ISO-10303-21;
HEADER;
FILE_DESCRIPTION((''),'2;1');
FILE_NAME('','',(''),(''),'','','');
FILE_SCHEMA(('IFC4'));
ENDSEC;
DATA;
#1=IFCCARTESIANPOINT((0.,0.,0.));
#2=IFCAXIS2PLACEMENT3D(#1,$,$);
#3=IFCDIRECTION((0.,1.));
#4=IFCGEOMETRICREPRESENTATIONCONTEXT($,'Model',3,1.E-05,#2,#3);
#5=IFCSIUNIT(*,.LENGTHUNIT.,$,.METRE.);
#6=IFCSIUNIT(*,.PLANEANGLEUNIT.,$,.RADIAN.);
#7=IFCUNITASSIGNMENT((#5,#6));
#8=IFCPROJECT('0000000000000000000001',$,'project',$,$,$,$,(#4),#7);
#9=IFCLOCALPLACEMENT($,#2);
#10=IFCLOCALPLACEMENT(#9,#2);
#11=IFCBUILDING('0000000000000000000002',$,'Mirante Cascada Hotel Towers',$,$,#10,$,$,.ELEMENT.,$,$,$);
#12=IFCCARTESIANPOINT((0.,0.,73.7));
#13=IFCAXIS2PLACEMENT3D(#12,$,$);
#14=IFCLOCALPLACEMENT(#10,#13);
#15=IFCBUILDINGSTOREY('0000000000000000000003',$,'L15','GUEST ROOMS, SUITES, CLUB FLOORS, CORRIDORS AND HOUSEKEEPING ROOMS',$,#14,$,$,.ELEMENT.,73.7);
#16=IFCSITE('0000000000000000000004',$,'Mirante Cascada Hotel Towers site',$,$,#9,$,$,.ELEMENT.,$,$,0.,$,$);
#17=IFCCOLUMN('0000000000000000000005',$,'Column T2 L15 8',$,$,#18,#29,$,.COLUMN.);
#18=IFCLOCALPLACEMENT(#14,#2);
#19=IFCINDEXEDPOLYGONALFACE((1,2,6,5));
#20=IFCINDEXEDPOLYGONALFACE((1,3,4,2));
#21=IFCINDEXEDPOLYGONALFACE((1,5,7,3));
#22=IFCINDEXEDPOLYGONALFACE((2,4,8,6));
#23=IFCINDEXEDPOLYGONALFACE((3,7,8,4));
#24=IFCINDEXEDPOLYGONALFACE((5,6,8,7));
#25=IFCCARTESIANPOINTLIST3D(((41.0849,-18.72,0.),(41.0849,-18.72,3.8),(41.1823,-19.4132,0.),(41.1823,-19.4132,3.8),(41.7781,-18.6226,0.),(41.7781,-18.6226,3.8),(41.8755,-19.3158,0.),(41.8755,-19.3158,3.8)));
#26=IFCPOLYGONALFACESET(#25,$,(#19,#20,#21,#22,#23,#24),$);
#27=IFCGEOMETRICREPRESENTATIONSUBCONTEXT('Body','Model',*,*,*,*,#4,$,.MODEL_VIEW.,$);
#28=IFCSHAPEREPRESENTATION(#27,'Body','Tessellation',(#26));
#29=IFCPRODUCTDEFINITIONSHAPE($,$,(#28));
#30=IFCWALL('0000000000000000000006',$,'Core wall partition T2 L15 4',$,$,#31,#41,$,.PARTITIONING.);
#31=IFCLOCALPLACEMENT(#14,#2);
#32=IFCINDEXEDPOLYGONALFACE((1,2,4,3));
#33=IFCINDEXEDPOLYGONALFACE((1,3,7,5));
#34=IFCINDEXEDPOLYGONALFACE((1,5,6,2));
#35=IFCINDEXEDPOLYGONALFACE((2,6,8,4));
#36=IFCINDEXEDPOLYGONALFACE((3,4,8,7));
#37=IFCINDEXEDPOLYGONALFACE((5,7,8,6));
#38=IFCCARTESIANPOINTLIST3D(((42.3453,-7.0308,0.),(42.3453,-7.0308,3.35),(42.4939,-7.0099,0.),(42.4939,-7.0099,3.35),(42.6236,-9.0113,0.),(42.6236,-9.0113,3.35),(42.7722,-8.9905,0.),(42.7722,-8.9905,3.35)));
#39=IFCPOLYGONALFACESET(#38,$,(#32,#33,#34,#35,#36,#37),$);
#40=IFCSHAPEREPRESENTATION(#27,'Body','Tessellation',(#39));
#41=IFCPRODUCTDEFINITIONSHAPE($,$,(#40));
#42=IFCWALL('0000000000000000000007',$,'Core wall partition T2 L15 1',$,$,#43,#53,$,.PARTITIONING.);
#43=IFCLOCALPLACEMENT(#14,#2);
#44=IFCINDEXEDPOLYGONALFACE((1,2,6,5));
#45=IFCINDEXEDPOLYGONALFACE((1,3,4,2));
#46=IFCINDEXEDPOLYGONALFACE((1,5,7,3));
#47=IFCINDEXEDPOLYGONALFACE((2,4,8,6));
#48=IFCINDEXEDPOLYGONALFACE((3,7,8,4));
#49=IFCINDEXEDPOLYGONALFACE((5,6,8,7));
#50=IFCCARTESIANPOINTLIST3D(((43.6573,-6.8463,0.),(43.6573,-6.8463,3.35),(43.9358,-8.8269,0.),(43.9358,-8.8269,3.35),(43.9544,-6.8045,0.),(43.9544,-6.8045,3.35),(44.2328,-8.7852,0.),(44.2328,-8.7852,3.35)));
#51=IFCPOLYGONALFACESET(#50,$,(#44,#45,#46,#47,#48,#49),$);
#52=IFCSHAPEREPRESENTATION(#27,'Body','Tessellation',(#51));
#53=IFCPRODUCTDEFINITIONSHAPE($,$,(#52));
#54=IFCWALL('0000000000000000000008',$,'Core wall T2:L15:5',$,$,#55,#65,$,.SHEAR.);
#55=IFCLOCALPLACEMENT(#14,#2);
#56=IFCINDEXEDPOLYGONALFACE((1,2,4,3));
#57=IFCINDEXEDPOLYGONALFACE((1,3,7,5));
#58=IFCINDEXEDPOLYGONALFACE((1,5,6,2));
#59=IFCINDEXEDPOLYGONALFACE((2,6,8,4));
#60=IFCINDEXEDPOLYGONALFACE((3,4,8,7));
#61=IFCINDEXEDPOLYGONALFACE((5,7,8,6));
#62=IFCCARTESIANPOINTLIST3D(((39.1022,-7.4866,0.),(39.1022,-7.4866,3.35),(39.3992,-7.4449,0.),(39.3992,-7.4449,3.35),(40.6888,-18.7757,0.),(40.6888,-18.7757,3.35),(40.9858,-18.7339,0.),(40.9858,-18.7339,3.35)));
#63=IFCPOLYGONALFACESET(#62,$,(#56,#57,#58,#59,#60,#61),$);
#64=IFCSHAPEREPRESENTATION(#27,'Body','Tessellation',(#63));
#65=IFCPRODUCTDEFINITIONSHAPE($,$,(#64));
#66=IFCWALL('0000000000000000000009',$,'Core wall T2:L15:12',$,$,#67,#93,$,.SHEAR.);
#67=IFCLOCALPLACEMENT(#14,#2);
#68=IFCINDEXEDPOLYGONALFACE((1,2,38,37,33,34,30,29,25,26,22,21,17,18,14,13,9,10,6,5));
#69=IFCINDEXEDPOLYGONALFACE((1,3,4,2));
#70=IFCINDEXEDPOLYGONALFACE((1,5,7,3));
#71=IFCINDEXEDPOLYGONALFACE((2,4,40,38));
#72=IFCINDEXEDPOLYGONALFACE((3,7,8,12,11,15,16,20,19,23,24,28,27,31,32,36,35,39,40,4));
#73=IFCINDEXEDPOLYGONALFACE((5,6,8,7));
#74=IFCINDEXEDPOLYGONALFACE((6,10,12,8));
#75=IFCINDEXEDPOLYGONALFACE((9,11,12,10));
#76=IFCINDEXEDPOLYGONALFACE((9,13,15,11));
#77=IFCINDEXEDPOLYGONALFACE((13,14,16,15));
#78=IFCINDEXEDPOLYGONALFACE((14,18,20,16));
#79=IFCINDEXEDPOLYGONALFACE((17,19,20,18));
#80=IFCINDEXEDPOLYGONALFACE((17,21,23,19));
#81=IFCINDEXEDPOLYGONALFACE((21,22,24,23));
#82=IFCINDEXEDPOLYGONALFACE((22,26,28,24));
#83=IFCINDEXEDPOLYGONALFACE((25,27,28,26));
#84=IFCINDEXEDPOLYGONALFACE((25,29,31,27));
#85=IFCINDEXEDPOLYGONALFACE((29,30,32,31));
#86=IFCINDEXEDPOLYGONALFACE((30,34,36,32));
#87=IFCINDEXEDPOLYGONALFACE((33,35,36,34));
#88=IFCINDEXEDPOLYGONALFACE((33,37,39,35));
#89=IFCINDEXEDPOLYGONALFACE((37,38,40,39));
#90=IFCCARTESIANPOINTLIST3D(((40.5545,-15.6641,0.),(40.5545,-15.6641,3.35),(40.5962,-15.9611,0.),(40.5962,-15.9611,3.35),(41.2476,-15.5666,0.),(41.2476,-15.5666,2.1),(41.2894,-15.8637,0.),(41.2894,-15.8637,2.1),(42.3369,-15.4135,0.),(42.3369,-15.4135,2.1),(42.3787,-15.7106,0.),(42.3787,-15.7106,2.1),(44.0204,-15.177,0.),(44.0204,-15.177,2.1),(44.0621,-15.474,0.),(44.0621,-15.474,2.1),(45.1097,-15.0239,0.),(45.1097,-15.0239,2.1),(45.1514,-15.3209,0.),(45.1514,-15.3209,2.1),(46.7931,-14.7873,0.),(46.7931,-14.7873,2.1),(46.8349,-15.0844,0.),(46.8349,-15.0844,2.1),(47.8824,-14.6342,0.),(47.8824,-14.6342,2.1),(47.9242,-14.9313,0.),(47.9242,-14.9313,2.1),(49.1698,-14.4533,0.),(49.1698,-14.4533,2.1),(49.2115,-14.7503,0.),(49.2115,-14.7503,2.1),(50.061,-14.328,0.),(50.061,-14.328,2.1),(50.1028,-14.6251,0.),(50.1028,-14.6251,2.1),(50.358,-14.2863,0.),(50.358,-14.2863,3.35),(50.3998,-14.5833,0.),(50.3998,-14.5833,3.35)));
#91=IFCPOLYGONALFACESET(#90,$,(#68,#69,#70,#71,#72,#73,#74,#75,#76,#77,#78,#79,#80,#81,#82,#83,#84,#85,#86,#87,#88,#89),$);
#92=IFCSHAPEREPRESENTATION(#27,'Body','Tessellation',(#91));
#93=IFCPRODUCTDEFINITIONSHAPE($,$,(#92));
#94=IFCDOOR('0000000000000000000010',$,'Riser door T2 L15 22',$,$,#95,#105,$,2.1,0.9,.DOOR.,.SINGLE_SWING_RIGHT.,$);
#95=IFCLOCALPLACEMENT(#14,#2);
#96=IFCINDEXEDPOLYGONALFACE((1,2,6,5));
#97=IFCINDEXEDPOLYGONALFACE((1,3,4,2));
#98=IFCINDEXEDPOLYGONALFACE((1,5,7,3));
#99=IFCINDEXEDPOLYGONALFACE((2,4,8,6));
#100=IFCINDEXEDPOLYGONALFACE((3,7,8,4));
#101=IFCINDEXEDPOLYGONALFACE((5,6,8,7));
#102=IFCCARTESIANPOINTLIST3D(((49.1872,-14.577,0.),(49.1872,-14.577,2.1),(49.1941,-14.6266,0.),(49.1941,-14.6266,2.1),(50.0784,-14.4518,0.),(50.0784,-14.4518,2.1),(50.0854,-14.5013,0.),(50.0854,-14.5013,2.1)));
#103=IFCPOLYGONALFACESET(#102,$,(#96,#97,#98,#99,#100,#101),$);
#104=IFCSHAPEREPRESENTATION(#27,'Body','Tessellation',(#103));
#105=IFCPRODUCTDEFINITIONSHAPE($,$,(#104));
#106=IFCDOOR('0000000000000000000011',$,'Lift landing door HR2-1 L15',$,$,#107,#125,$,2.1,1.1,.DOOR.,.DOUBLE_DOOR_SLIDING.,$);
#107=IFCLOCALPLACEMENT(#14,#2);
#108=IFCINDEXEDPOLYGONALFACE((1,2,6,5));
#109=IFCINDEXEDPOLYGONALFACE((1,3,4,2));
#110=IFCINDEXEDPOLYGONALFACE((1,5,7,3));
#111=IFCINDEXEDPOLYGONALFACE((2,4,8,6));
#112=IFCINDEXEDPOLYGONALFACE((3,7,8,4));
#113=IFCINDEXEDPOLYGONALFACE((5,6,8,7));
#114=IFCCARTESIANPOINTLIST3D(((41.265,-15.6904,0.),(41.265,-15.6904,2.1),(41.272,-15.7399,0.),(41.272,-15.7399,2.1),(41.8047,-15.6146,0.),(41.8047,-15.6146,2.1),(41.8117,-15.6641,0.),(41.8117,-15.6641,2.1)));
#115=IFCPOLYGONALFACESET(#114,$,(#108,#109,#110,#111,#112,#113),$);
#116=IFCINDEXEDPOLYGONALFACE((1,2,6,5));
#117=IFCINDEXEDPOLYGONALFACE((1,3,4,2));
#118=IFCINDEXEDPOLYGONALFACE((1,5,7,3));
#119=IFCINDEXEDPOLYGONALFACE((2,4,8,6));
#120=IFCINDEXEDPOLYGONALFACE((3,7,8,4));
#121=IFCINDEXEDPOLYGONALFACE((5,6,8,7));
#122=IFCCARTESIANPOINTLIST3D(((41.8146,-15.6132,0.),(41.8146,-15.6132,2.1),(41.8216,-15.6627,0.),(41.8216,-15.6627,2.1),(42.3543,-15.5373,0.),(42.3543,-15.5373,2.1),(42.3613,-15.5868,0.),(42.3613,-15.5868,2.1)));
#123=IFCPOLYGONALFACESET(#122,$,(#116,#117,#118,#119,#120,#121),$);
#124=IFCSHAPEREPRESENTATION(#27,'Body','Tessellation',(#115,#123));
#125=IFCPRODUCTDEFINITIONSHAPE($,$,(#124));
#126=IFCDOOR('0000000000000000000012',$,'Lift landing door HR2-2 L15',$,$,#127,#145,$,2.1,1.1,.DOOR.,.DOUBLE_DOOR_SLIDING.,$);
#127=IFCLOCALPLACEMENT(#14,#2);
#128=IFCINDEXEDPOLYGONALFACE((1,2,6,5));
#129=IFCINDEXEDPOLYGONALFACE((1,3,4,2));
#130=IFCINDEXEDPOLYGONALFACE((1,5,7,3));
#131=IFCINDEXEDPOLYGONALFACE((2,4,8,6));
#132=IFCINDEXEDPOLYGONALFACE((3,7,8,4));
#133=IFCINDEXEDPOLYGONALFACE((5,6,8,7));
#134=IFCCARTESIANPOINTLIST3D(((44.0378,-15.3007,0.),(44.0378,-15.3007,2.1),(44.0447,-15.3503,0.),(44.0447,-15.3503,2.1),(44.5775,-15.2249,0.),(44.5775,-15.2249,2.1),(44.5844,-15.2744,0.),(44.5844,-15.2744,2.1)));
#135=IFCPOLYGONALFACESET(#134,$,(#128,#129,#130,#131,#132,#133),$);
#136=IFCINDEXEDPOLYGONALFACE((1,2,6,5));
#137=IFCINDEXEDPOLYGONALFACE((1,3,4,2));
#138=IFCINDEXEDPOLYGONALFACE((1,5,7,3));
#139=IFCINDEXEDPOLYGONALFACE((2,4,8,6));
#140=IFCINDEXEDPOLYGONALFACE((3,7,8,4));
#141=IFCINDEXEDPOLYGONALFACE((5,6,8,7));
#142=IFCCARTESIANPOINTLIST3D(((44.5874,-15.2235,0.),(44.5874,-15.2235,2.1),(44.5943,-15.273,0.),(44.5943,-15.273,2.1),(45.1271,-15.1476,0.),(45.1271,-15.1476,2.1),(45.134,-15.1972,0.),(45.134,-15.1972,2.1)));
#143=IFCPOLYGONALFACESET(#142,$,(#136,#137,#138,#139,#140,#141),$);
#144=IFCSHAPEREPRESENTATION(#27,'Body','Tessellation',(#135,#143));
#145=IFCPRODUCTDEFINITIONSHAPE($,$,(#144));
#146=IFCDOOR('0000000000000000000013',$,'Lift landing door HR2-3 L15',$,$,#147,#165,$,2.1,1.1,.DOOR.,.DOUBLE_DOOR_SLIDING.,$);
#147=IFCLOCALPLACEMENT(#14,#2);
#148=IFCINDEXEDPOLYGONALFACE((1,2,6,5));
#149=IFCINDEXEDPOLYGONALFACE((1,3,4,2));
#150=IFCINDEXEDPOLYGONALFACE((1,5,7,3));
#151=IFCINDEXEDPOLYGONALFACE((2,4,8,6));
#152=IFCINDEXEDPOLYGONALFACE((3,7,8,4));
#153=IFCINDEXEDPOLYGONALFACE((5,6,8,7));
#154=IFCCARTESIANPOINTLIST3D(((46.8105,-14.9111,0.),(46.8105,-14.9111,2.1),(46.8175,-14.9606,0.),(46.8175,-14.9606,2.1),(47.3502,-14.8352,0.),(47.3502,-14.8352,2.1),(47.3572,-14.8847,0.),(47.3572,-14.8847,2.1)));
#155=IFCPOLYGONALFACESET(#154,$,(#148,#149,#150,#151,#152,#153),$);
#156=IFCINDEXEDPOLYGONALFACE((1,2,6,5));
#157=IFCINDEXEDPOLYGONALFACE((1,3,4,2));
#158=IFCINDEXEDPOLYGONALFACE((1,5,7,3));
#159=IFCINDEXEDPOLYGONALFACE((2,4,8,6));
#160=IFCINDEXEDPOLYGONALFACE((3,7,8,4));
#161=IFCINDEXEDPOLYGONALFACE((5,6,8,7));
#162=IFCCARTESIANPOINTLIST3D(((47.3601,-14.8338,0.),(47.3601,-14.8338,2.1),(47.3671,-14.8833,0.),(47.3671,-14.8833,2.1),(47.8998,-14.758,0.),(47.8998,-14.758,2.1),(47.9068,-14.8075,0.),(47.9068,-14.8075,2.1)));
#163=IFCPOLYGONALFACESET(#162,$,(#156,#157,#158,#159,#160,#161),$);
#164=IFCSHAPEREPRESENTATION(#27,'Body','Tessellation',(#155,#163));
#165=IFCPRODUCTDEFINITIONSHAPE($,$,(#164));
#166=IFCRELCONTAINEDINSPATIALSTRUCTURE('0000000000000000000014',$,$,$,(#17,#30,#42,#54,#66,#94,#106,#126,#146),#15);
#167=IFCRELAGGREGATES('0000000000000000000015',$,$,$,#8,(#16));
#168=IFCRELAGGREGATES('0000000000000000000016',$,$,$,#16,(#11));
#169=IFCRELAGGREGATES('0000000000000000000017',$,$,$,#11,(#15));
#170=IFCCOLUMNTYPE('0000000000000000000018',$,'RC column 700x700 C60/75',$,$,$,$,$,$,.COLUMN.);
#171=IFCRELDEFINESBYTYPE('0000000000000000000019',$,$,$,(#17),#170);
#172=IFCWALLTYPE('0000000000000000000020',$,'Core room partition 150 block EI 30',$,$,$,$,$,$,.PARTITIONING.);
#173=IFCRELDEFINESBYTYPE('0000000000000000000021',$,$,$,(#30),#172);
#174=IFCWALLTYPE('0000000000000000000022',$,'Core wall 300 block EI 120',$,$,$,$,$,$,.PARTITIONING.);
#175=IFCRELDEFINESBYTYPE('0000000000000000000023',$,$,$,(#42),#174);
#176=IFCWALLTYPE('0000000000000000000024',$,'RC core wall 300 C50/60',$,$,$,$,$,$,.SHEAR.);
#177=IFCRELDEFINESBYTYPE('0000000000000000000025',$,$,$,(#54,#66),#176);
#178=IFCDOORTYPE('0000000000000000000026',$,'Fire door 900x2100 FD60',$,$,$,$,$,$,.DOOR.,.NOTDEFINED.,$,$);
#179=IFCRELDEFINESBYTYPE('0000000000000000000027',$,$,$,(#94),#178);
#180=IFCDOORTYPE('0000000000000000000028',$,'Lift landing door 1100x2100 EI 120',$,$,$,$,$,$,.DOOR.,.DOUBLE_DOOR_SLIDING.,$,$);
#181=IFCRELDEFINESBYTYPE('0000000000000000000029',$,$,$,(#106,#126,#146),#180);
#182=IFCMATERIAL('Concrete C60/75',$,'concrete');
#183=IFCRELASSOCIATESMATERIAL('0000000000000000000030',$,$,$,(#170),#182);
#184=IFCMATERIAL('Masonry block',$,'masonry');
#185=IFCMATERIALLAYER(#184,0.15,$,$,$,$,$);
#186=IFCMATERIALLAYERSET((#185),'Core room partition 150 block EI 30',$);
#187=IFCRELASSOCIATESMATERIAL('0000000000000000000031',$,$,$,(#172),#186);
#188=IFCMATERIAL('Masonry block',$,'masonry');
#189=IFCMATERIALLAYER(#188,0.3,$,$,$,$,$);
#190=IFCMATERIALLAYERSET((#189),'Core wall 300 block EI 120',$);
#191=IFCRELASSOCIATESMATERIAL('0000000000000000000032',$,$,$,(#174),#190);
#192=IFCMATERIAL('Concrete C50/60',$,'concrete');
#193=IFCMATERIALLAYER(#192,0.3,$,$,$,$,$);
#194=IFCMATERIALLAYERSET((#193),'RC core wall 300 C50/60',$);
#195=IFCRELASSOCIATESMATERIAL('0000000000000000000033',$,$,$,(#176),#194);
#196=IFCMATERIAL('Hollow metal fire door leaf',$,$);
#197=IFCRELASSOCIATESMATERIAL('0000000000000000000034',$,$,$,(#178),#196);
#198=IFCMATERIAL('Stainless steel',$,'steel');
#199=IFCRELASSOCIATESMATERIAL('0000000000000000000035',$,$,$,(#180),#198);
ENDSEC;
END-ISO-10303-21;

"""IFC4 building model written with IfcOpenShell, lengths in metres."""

from ifc_helpers import new_model, si_unit, direction, frame, frame_2d, origin, origin_2d, place, context, subcontext, project, spatial, rectangle, extrude, material, layer, layer_set, material_profile, profile_set, type_object, element, fill, save


model = new_model("IFC4")

# Units and contexts
model_context = context("Model", 3, precision=1e-05, world=origin(), true_north=direction((0.0, 1.0)))
body_context = subcontext(model_context, "Body", "Model", "MODEL_VIEW")
ifc_project = project(units=[si_unit("LENGTHUNIT", "METRE"), si_unit("PLANEANGLEUNIT", "RADIAN")], contexts=[model_context])

# Site, building, storey
site_placement = place(None, origin())
site = spatial("IfcSite", under=ifc_project, at=site_placement, Name="Mirante Cascada Hotel Towers site", CompositionType="ELEMENT", RefElevation=0.0)
building_placement = place(site_placement, origin())
building = spatial("IfcBuilding", under=site, at=building_placement, Name="Mirante Cascada Hotel Towers", CompositionType="ELEMENT")
storey_placement = place(building_placement, frame((0.0, 0.0, 73.7)))
storey = spatial("IfcBuildingStorey", under=building, at=storey_placement, Name="L15", Description="GUEST ROOMS, SUITES, CLUB FLOORS, CORRIDORS AND HOUSEKEEPING ROOMS", CompositionType="ELEMENT", Elevation=73.7)

# Column
ifc_material_1 = material(Name="Concrete C60/75", Category="concrete")
ifc_material_profile = material_profile(ifc_material_1, rectangle(XDim=0.7, YDim=0.7, at=origin_2d()), Name="RC column 700x700 C60/75")
ifc_profile_set = profile_set([ifc_material_profile], Name="Concrete C60/75")
column_type = type_object("IfcColumnType", Name="RC column 700x700 C60/75", PredefinedType="COLUMN", material=ifc_profile_set)
column_placement = place(storey_placement, frame((41.4802, -19.0179, 0.0), z_axis=(0.0, 0.0, 1.0), x_axis=(0.990268, 0.139173, 0.0)))
element("IfcColumn", 1, at=column_placement, inside=storey, type_object=column_type, Name="Column T2 L15 8", PredefinedType="COLUMN", context=body_context, shape_type="SweptSolid", body=[
    extrude(rectangle(XDim=0.7, YDim=0.7, at=origin_2d()), origin(), (0.0, 0.0, 1.0), 3.8),
])

# Walls
ifc_material_2 = material(Name="Masonry block", Category="masonry")
ifc_layer_1 = layer(ifc_material_2, 0.15)
ifc_layer_set_1 = layer_set([ifc_layer_1], Name="Core room partition 150 block EI 30")
wall_type_1 = type_object("IfcWallType", Name="Core room partition 150 block EI 30", PredefinedType="PARTITIONING", material=ifc_layer_set_1)
wall_1_placement = place(storey_placement, frame((42.6979, -9.0009, 0.0), z_axis=(0.0, 0.0, 1.0), x_axis=(-0.139153, 0.990271, 0.0)))
element("IfcWall", 2, at=wall_1_placement, inside=storey, type_object=wall_type_1, Name="Core wall partition T2 L15 4", PredefinedType="PARTITIONING", context=body_context, shape_type="SweptSolid", body=[
    extrude(rectangle(XDim=2.0, YDim=0.15, at=frame_2d((1.0, 0.0))), origin(), (0.0, 0.0, 1.0), 3.35),
])
ifc_material_3 = material(Name="Masonry block", Category="masonry")
ifc_layer_2 = layer(ifc_material_3, 0.3)
ifc_layer_set_2 = layer_set([ifc_layer_2], Name="Core wall 300 block EI 120")
wall_type_2 = type_object("IfcWallType", Name="Core wall 300 block EI 120", PredefinedType="PARTITIONING", material=ifc_layer_set_2)
wall_2_placement = place(storey_placement, frame((44.0843, -8.8061, 0.0), z_axis=(0.0, 0.0, 1.0), x_axis=(-0.139195, 0.990265, 0.0)))
element("IfcWall", 3, at=wall_2_placement, inside=storey, type_object=wall_type_2, Name="Core wall partition T2 L15 1", PredefinedType="PARTITIONING", context=body_context, shape_type="SweptSolid", body=[
    extrude(rectangle(XDim=2.0001, YDim=0.3, at=frame_2d((1.0001, 0.0))), origin(), (0.0, 0.0, 1.0), 3.35),
])
ifc_material_4 = material(Name="Concrete C50/60", Category="concrete")
ifc_layer_3 = layer(ifc_material_4, 0.3)
ifc_layer_set_3 = layer_set([ifc_layer_3], Name="RC core wall 300 C50/60")
wall_type_3 = type_object("IfcWallType", Name="RC core wall 300 C50/60", PredefinedType="SHEAR", material=ifc_layer_set_3)
wall_3_placement = place(storey_placement, frame((40.8373, -18.7548, 0.0), z_axis=(0.0, 0.0, 1.0), x_axis=(-0.139175, 0.990268, 0.0)))
element("IfcWall", 4, at=wall_3_placement, inside=storey, type_object=wall_type_3, Name="Core wall T2:L15:5", PredefinedType="SHEAR", context=body_context, shape_type="SweptSolid", body=[
    extrude(rectangle(XDim=11.4, YDim=0.3, at=frame_2d((5.7, 0.0))), origin(), (0.0, 0.0, 1.0), 3.35),
])

# Wall, openings, doors
wall_4_placement = place(storey_placement, frame((40.5753, -15.8126, 0.0), z_axis=(0.0, 0.0, 1.0), x_axis=(0.990268, 0.139173, 0.0)))
wall_4 = element("IfcWall", 5, at=wall_4_placement, inside=storey, type_object=wall_type_3, Name="Core wall T2:L15:12", PredefinedType="SHEAR", context=body_context, shape_type="SweptSolid", body=[
    extrude(rectangle(XDim=9.8999, YDim=0.3, at=frame_2d((4.95, 0.0))), origin(), (0.0, 0.0, 1.0), 3.35),
])
opening_1_placement = place(wall_4_placement, frame((0.7, 0.0, 0.0)))
opening_1 = element("IfcOpeningElement", 6, at=opening_1_placement, cuts=wall_4, PredefinedType="OPENING", context=body_context, shape_type="SweptSolid", body=[
    extrude(rectangle(XDim=1.1, YDim=2.1, at=frame_2d((0.55, 1.05))), frame((0.0, 0.15, 0.0), z_axis=(0.0, -1.0, 0.0), x_axis=(1.0, 0.0, 0.0)), (0.0, 0.0, 1.0), 0.3),
])
opening_2_placement = place(wall_4_placement, frame((3.5, 0.0, 0.0)))
opening_2 = element("IfcOpeningElement", 7, at=opening_2_placement, cuts=wall_4, PredefinedType="OPENING", context=body_context, shape_type="SweptSolid", body=[
    extrude(rectangle(XDim=1.1, YDim=2.1, at=frame_2d((0.55, 1.05))), frame((0.0, 0.15, 0.0), z_axis=(0.0, -1.0, 0.0), x_axis=(1.0, 0.0, 0.0)), (0.0, 0.0, 1.0), 0.3),
])
opening_3_placement = place(wall_4_placement, frame((6.3, 0.0, 0.0)))
opening_3 = element("IfcOpeningElement", 8, at=opening_3_placement, cuts=wall_4, PredefinedType="OPENING", context=body_context, shape_type="SweptSolid", body=[
    extrude(rectangle(XDim=1.1, YDim=2.1, at=frame_2d((0.55, 1.05))), frame((0.0, 0.15, 0.0), z_axis=(0.0, -1.0, 0.0), x_axis=(1.0, 0.0, 0.0)), (0.0, 0.0, 1.0), 0.3),
])
opening_4_placement = place(wall_4_placement, frame((8.7, 0.0, 0.0)))
opening_4 = element("IfcOpeningElement", 9, at=opening_4_placement, cuts=wall_4, PredefinedType="OPENING", context=body_context, shape_type="SweptSolid", body=[
    extrude(rectangle(XDim=0.9, YDim=2.1, at=frame_2d((0.45, 1.05))), frame((0.0, 0.15, 0.0), z_axis=(0.0, -1.0, 0.0), x_axis=(1.0, 0.0, 0.0)), (0.0, 0.0, 1.0), 0.3),
])
ifc_material_5 = material(Name="Hollow metal fire door leaf")
door_type_1 = type_object("IfcDoorType", Name="Fire door 900x2100 FD60", OperationType="NOTDEFINED", PredefinedType="DOOR", material=ifc_material_5)
door_1_placement = place(opening_4_placement, frame((0.9, 0.0, 0.0), z_axis=(0.0, 0.0, 1.0), x_axis=(-1.0, 0.0, 0.0)))
door_1 = element("IfcDoor", 10, at=door_1_placement, inside=storey, type_object=door_type_1, Name="Riser door T2 L15 22", OperationType="SINGLE_SWING_RIGHT", OverallHeight=2.1, OverallWidth=0.9, PredefinedType="DOOR", context=body_context, shape_type="SweptSolid", body=[
    extrude(rectangle(XDim=0.9, YDim=2.1, at=frame_2d((0.45, 1.05))), frame((0.0, 0.025, 0.0), z_axis=(0.0, -1.0, 0.0), x_axis=(1.0, 0.0, 0.0)), (0.0, 0.0, 1.0), 0.05),
])
fill(opening_4, door_1)
ifc_material_6 = material(Name="Stainless steel", Category="steel")
door_type_2 = type_object("IfcDoorType", Name="Lift landing door 1100x2100 EI 120", OperationType="DOUBLE_DOOR_SLIDING", PredefinedType="DOOR", material=ifc_material_6)
door_2_placement = place(opening_1_placement, origin())
door_2 = element("IfcDoor", 11, at=door_2_placement, inside=storey, type_object=door_type_2, Name="Lift landing door HR2-1 L15", OperationType="DOUBLE_DOOR_SLIDING", OverallHeight=2.1, OverallWidth=1.1, PredefinedType="DOOR", context=body_context, shape_type="SweptSolid", body=[
    extrude(rectangle(XDim=0.545, YDim=2.1, at=frame_2d((0.2725, 1.05))), frame((0.0, 0.025, 0.0), z_axis=(0.0, -1.0, 0.0), x_axis=(1.0, 0.0, 0.0)), (0.0, 0.0, 1.0), 0.05),
    extrude(rectangle(XDim=0.545, YDim=2.1, at=frame_2d((0.8275, 1.05))), frame((0.0, 0.025, 0.0), z_axis=(0.0, -1.0, 0.0), x_axis=(1.0, 0.0, 0.0)), (0.0, 0.0, 1.0), 0.05),
])
fill(opening_1, door_2)
door_3_placement = place(opening_2_placement, origin())
door_3 = element("IfcDoor", 12, at=door_3_placement, inside=storey, type_object=door_type_2, Name="Lift landing door HR2-2 L15", OperationType="DOUBLE_DOOR_SLIDING", OverallHeight=2.1, OverallWidth=1.1, PredefinedType="DOOR", context=body_context, shape_type="SweptSolid", body=[
    extrude(rectangle(XDim=0.545, YDim=2.1, at=frame_2d((0.2725, 1.05))), frame((0.0, 0.025, 0.0), z_axis=(0.0, -1.0, 0.0), x_axis=(1.0, 0.0, 0.0)), (0.0, 0.0, 1.0), 0.05),
    extrude(rectangle(XDim=0.545, YDim=2.1, at=frame_2d((0.8275, 1.05))), frame((0.0, 0.025, 0.0), z_axis=(0.0, -1.0, 0.0), x_axis=(1.0, 0.0, 0.0)), (0.0, 0.0, 1.0), 0.05),
])
fill(opening_2, door_3)
door_4_placement = place(opening_3_placement, origin())
door_4 = element("IfcDoor", 13, at=door_4_placement, inside=storey, type_object=door_type_2, Name="Lift landing door HR2-3 L15", OperationType="DOUBLE_DOOR_SLIDING", OverallHeight=2.1, OverallWidth=1.1, PredefinedType="DOOR", context=body_context, shape_type="SweptSolid", body=[
    extrude(rectangle(XDim=0.545, YDim=2.1, at=frame_2d((0.2725, 1.05))), frame((0.0, 0.025, 0.0), z_axis=(0.0, -1.0, 0.0), x_axis=(1.0, 0.0, 0.0)), (0.0, 0.0, 1.0), 0.05),
    extrude(rectangle(XDim=0.545, YDim=2.1, at=frame_2d((0.8275, 1.05))), frame((0.0, 0.025, 0.0), z_axis=(0.0, -1.0, 0.0), x_axis=(1.0, 0.0, 0.0)), (0.0, 0.0, 1.0), 0.05),
])
fill(opening_3, door_4)

save(model, "model.ifc")
